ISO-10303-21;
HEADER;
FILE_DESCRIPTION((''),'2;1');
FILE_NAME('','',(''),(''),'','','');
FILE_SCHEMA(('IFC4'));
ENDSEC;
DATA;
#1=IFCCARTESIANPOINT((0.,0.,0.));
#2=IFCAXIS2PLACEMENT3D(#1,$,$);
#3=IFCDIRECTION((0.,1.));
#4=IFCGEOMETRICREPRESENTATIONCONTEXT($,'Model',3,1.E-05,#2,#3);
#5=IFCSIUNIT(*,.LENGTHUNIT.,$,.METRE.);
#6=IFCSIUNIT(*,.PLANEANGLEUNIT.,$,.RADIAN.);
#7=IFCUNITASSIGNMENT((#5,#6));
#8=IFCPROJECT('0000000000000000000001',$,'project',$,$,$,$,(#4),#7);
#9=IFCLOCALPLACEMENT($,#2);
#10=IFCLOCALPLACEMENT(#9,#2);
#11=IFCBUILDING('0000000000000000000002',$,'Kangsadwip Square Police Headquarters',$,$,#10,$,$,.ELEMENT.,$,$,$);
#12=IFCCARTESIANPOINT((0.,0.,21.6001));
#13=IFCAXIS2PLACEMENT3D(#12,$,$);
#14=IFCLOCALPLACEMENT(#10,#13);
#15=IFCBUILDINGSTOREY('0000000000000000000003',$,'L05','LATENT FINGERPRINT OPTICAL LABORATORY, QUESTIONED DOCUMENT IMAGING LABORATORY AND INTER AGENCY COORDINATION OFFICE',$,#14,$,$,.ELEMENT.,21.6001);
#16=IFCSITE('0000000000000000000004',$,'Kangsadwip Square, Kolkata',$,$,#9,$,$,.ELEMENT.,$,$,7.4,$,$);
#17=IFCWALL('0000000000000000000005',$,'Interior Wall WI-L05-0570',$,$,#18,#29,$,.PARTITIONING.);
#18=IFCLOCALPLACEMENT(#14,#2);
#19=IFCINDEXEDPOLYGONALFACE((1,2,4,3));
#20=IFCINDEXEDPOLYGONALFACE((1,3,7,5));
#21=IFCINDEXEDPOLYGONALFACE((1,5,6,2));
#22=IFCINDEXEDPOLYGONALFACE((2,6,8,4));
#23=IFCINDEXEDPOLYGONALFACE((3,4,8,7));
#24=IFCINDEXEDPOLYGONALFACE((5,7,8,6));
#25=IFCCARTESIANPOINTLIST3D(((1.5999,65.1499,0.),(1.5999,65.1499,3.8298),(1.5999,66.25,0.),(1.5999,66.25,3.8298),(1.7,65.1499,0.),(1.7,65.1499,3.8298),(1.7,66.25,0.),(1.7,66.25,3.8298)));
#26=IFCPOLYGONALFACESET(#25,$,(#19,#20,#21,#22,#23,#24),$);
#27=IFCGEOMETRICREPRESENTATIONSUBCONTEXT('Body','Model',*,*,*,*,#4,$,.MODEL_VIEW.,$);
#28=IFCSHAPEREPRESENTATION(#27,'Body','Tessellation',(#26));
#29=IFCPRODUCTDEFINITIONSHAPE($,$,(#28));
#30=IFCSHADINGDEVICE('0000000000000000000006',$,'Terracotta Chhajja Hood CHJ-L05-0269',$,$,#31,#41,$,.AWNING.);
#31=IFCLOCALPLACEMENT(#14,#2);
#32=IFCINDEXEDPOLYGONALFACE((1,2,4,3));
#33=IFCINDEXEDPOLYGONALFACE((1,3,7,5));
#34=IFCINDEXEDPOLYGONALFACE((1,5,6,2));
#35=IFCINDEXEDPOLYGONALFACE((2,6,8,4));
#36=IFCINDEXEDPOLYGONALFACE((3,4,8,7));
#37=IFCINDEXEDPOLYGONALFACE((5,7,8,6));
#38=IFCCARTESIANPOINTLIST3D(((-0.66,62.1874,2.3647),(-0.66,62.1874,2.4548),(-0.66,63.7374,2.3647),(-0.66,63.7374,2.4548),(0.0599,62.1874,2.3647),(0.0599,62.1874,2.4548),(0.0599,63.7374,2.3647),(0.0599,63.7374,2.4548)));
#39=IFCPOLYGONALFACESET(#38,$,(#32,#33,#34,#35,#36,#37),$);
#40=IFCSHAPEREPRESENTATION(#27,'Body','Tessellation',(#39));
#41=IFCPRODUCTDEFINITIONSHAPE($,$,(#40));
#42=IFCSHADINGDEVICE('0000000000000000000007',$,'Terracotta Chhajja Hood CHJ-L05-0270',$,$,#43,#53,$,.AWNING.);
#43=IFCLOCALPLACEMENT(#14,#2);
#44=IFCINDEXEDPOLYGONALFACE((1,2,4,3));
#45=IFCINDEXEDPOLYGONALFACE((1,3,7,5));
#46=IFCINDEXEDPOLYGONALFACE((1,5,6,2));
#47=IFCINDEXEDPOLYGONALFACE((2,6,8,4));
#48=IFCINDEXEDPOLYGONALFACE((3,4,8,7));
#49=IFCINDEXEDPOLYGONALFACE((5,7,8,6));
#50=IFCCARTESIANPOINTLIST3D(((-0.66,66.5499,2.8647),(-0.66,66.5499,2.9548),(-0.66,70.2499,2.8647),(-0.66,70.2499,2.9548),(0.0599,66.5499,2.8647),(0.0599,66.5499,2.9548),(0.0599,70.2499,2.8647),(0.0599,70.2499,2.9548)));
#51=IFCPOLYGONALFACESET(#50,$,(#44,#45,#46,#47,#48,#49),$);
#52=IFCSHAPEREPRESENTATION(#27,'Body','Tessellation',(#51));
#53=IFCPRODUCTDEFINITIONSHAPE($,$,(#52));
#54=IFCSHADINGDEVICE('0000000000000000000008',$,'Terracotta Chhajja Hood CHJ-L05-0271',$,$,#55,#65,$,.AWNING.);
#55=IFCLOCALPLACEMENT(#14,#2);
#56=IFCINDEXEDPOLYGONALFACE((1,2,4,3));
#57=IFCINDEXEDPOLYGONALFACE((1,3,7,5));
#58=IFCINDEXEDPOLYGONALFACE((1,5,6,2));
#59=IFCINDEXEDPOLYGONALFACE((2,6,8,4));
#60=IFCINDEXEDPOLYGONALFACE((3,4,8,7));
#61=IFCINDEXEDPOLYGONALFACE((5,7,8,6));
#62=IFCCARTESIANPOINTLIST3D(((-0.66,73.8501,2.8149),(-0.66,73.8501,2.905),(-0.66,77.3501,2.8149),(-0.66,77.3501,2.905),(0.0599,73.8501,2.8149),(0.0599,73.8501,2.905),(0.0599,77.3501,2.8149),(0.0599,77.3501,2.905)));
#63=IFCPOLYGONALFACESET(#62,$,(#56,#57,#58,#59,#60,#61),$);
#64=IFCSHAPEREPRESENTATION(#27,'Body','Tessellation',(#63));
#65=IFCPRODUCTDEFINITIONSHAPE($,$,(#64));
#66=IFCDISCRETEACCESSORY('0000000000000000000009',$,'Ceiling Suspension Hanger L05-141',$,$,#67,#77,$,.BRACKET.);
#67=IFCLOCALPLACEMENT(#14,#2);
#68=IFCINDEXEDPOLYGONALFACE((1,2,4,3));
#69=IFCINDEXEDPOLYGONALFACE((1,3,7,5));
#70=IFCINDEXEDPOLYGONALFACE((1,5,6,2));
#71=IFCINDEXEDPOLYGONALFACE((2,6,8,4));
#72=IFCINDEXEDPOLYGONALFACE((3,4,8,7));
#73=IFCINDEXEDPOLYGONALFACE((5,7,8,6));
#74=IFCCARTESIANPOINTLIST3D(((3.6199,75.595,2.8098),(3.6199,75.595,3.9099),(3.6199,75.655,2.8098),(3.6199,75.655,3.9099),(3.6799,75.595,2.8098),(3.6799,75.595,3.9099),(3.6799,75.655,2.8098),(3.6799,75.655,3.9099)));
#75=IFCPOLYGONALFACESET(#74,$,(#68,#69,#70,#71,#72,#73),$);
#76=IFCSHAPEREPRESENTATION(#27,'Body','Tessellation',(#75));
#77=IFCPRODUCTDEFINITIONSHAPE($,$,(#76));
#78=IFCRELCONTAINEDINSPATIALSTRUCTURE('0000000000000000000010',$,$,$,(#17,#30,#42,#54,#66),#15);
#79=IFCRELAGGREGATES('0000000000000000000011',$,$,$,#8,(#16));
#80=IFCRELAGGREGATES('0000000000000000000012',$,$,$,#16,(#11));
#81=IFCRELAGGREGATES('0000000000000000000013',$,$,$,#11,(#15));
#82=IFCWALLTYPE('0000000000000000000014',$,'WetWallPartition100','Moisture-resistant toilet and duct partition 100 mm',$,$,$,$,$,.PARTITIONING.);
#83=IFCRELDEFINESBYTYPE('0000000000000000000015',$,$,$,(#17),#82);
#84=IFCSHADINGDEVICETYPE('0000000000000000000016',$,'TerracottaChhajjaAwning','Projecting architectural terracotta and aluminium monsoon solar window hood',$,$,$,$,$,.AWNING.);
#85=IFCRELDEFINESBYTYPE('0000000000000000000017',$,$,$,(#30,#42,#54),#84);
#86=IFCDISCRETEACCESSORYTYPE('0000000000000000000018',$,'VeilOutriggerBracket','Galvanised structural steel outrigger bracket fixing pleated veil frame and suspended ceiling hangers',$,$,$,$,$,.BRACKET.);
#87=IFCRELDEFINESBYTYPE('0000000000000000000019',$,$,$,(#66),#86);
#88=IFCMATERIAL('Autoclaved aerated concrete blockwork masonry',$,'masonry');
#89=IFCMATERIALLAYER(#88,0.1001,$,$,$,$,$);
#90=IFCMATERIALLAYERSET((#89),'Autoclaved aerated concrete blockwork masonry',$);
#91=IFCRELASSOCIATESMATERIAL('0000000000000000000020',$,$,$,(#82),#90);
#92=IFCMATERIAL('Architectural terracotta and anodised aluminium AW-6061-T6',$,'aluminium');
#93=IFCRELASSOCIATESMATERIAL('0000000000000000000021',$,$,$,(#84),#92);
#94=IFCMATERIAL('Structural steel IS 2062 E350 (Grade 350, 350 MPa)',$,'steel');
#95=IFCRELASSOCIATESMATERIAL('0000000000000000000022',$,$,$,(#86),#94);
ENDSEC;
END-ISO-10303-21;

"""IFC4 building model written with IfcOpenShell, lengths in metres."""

from ifc_helpers import new_model, si_unit, direction, frame, frame_2d, origin, origin_2d, place, context, subcontext, project, spatial, rectangle, extrude, material, layer, layer_set, type_object, element, save


model = new_model("IFC4")

# Units and contexts
model_context = context("Model", 3, precision=1e-05, world=origin(), true_north=direction((0.0, 1.0)))
body_context = subcontext(model_context, "Body", "Model", "MODEL_VIEW")
ifc_project = project(units=[si_unit("LENGTHUNIT", "METRE"), si_unit("PLANEANGLEUNIT", "RADIAN")], contexts=[model_context])

# Site, building, storey
site_placement = place(None, origin())
site = spatial("IfcSite", under=ifc_project, at=site_placement, Name="Kangsadwip Square, Kolkata", CompositionType="ELEMENT", RefElevation=7.4)
building_placement = place(site_placement, origin())
building = spatial("IfcBuilding", under=site, at=building_placement, Name="Kangsadwip Square Police Headquarters", CompositionType="ELEMENT")
storey_placement = place(building_placement, frame((0.0, 0.0, 21.6001)))
storey = spatial("IfcBuildingStorey", under=building, at=storey_placement, Name="L05", Description="LATENT FINGERPRINT OPTICAL LABORATORY, QUESTIONED DOCUMENT IMAGING LABORATORY AND INTER AGENCY COORDINATION OFFICE", CompositionType="ELEMENT", Elevation=21.6001)

# Wall
ifc_material_1 = material(Name="Autoclaved aerated concrete blockwork masonry", Category="masonry")
ifc_layer_1 = layer(ifc_material_1, 0.1001)
ifc_layer_set_1 = layer_set([ifc_layer_1], Name="Autoclaved aerated concrete blockwork masonry")
wall_type_1 = type_object("IfcWallType", Name="WetWallPartition100", Description="Moisture-resistant toilet and duct partition 100 mm", PredefinedType="PARTITIONING", material=ifc_layer_set_1)
wall_1_placement = place(storey_placement, frame((1.6499, 65.1499, 0.0), z_axis=(0.0, 0.0, 1.0), x_axis=(0.0, 1.0, 0.0)))
element("IfcWall", 1, at=wall_1_placement, inside=storey, type_object=wall_type_1, Name="Interior Wall WI-L05-0570", PredefinedType="PARTITIONING", context=body_context, shape_type="SweptSolid", body=[
    extrude(rectangle(XDim=1.1001, YDim=0.1001, at=frame_2d((0.55, 0.0))), origin(), (0.0, 0.0, 1.0), 3.8298),
])

# Shading devices
ifc_material_2 = material(Name="Architectural terracotta and anodised aluminium AW-6061-T6", Category="aluminium")
shading_device_type = type_object("IfcShadingDeviceType", Name="TerracottaChhajjaAwning", Description="Projecting architectural terracotta and aluminium monsoon solar window hood", PredefinedType="AWNING", material=ifc_material_2)
shading_device_1_placement = place(storey_placement, frame((-0.3, 62.9624, 2.3647), z_axis=(0.0, 0.0, 1.0), x_axis=(0.0, 1.0, 0.0)))
element("IfcShadingDevice", 2, at=shading_device_1_placement, inside=storey, type_object=shading_device_type, Name="Terracotta Chhajja Hood CHJ-L05-0269", PredefinedType="AWNING", context=body_context, shape_type="SweptSolid", body=[
    extrude(rectangle(XDim=1.55, YDim=0.72, at=origin_2d()), origin(), (0.0, 0.0, 1.0), 0.0901),
])
shading_device_2_placement = place(storey_placement, frame((-0.3, 68.3999, 2.8647), z_axis=(0.0, 0.0, 1.0), x_axis=(0.0, 1.0, 0.0)))
element("IfcShadingDevice", 3, at=shading_device_2_placement, inside=storey, type_object=shading_device_type, Name="Terracotta Chhajja Hood CHJ-L05-0270", PredefinedType="AWNING", context=body_context, shape_type="SweptSolid", body=[
    extrude(rectangle(XDim=3.7, YDim=0.72, at=origin_2d()), origin(), (0.0, 0.0, 1.0), 0.0901),
])
shading_device_3_placement = place(storey_placement, frame((-0.3, 75.6001, 2.8149), z_axis=(0.0, 0.0, 1.0), x_axis=(0.0, 1.0, 0.0)))
element("IfcShadingDevice", 4, at=shading_device_3_placement, inside=storey, type_object=shading_device_type, Name="Terracotta Chhajja Hood CHJ-L05-0271", PredefinedType="AWNING", context=body_context, shape_type="SweptSolid", body=[
    extrude(rectangle(XDim=3.5, YDim=0.72, at=origin_2d()), origin(), (0.0, 0.0, 1.0), 0.0901),
])

# Discrete accessory
ifc_material_3 = material(Name="Structural steel IS 2062 E350 (Grade 350, 350 MPa)", Category="steel")
discrete_accessory_type = type_object("IfcDiscreteAccessoryType", Name="VeilOutriggerBracket", Description="Galvanised structural steel outrigger bracket fixing pleated veil frame and suspended ceiling hangers", PredefinedType="BRACKET", material=ifc_material_3)
discrete_accessory_placement = place(storey_placement, frame((3.6499, 75.625, 2.8098), z_axis=(0.0, 0.0, 1.0), x_axis=(1.0, 0.0, 0.0)))
element("IfcDiscreteAccessory", 5, at=discrete_accessory_placement, inside=storey, type_object=discrete_accessory_type, Name="Ceiling Suspension Hanger L05-141", PredefinedType="BRACKET", context=body_context, shape_type="SweptSolid", body=[
    extrude(rectangle(XDim=0.0601, YDim=0.0601, at=origin_2d()), origin(), (0.0, 0.0, 1.0), 1.1001),
])

save(model, "model.ifc")
